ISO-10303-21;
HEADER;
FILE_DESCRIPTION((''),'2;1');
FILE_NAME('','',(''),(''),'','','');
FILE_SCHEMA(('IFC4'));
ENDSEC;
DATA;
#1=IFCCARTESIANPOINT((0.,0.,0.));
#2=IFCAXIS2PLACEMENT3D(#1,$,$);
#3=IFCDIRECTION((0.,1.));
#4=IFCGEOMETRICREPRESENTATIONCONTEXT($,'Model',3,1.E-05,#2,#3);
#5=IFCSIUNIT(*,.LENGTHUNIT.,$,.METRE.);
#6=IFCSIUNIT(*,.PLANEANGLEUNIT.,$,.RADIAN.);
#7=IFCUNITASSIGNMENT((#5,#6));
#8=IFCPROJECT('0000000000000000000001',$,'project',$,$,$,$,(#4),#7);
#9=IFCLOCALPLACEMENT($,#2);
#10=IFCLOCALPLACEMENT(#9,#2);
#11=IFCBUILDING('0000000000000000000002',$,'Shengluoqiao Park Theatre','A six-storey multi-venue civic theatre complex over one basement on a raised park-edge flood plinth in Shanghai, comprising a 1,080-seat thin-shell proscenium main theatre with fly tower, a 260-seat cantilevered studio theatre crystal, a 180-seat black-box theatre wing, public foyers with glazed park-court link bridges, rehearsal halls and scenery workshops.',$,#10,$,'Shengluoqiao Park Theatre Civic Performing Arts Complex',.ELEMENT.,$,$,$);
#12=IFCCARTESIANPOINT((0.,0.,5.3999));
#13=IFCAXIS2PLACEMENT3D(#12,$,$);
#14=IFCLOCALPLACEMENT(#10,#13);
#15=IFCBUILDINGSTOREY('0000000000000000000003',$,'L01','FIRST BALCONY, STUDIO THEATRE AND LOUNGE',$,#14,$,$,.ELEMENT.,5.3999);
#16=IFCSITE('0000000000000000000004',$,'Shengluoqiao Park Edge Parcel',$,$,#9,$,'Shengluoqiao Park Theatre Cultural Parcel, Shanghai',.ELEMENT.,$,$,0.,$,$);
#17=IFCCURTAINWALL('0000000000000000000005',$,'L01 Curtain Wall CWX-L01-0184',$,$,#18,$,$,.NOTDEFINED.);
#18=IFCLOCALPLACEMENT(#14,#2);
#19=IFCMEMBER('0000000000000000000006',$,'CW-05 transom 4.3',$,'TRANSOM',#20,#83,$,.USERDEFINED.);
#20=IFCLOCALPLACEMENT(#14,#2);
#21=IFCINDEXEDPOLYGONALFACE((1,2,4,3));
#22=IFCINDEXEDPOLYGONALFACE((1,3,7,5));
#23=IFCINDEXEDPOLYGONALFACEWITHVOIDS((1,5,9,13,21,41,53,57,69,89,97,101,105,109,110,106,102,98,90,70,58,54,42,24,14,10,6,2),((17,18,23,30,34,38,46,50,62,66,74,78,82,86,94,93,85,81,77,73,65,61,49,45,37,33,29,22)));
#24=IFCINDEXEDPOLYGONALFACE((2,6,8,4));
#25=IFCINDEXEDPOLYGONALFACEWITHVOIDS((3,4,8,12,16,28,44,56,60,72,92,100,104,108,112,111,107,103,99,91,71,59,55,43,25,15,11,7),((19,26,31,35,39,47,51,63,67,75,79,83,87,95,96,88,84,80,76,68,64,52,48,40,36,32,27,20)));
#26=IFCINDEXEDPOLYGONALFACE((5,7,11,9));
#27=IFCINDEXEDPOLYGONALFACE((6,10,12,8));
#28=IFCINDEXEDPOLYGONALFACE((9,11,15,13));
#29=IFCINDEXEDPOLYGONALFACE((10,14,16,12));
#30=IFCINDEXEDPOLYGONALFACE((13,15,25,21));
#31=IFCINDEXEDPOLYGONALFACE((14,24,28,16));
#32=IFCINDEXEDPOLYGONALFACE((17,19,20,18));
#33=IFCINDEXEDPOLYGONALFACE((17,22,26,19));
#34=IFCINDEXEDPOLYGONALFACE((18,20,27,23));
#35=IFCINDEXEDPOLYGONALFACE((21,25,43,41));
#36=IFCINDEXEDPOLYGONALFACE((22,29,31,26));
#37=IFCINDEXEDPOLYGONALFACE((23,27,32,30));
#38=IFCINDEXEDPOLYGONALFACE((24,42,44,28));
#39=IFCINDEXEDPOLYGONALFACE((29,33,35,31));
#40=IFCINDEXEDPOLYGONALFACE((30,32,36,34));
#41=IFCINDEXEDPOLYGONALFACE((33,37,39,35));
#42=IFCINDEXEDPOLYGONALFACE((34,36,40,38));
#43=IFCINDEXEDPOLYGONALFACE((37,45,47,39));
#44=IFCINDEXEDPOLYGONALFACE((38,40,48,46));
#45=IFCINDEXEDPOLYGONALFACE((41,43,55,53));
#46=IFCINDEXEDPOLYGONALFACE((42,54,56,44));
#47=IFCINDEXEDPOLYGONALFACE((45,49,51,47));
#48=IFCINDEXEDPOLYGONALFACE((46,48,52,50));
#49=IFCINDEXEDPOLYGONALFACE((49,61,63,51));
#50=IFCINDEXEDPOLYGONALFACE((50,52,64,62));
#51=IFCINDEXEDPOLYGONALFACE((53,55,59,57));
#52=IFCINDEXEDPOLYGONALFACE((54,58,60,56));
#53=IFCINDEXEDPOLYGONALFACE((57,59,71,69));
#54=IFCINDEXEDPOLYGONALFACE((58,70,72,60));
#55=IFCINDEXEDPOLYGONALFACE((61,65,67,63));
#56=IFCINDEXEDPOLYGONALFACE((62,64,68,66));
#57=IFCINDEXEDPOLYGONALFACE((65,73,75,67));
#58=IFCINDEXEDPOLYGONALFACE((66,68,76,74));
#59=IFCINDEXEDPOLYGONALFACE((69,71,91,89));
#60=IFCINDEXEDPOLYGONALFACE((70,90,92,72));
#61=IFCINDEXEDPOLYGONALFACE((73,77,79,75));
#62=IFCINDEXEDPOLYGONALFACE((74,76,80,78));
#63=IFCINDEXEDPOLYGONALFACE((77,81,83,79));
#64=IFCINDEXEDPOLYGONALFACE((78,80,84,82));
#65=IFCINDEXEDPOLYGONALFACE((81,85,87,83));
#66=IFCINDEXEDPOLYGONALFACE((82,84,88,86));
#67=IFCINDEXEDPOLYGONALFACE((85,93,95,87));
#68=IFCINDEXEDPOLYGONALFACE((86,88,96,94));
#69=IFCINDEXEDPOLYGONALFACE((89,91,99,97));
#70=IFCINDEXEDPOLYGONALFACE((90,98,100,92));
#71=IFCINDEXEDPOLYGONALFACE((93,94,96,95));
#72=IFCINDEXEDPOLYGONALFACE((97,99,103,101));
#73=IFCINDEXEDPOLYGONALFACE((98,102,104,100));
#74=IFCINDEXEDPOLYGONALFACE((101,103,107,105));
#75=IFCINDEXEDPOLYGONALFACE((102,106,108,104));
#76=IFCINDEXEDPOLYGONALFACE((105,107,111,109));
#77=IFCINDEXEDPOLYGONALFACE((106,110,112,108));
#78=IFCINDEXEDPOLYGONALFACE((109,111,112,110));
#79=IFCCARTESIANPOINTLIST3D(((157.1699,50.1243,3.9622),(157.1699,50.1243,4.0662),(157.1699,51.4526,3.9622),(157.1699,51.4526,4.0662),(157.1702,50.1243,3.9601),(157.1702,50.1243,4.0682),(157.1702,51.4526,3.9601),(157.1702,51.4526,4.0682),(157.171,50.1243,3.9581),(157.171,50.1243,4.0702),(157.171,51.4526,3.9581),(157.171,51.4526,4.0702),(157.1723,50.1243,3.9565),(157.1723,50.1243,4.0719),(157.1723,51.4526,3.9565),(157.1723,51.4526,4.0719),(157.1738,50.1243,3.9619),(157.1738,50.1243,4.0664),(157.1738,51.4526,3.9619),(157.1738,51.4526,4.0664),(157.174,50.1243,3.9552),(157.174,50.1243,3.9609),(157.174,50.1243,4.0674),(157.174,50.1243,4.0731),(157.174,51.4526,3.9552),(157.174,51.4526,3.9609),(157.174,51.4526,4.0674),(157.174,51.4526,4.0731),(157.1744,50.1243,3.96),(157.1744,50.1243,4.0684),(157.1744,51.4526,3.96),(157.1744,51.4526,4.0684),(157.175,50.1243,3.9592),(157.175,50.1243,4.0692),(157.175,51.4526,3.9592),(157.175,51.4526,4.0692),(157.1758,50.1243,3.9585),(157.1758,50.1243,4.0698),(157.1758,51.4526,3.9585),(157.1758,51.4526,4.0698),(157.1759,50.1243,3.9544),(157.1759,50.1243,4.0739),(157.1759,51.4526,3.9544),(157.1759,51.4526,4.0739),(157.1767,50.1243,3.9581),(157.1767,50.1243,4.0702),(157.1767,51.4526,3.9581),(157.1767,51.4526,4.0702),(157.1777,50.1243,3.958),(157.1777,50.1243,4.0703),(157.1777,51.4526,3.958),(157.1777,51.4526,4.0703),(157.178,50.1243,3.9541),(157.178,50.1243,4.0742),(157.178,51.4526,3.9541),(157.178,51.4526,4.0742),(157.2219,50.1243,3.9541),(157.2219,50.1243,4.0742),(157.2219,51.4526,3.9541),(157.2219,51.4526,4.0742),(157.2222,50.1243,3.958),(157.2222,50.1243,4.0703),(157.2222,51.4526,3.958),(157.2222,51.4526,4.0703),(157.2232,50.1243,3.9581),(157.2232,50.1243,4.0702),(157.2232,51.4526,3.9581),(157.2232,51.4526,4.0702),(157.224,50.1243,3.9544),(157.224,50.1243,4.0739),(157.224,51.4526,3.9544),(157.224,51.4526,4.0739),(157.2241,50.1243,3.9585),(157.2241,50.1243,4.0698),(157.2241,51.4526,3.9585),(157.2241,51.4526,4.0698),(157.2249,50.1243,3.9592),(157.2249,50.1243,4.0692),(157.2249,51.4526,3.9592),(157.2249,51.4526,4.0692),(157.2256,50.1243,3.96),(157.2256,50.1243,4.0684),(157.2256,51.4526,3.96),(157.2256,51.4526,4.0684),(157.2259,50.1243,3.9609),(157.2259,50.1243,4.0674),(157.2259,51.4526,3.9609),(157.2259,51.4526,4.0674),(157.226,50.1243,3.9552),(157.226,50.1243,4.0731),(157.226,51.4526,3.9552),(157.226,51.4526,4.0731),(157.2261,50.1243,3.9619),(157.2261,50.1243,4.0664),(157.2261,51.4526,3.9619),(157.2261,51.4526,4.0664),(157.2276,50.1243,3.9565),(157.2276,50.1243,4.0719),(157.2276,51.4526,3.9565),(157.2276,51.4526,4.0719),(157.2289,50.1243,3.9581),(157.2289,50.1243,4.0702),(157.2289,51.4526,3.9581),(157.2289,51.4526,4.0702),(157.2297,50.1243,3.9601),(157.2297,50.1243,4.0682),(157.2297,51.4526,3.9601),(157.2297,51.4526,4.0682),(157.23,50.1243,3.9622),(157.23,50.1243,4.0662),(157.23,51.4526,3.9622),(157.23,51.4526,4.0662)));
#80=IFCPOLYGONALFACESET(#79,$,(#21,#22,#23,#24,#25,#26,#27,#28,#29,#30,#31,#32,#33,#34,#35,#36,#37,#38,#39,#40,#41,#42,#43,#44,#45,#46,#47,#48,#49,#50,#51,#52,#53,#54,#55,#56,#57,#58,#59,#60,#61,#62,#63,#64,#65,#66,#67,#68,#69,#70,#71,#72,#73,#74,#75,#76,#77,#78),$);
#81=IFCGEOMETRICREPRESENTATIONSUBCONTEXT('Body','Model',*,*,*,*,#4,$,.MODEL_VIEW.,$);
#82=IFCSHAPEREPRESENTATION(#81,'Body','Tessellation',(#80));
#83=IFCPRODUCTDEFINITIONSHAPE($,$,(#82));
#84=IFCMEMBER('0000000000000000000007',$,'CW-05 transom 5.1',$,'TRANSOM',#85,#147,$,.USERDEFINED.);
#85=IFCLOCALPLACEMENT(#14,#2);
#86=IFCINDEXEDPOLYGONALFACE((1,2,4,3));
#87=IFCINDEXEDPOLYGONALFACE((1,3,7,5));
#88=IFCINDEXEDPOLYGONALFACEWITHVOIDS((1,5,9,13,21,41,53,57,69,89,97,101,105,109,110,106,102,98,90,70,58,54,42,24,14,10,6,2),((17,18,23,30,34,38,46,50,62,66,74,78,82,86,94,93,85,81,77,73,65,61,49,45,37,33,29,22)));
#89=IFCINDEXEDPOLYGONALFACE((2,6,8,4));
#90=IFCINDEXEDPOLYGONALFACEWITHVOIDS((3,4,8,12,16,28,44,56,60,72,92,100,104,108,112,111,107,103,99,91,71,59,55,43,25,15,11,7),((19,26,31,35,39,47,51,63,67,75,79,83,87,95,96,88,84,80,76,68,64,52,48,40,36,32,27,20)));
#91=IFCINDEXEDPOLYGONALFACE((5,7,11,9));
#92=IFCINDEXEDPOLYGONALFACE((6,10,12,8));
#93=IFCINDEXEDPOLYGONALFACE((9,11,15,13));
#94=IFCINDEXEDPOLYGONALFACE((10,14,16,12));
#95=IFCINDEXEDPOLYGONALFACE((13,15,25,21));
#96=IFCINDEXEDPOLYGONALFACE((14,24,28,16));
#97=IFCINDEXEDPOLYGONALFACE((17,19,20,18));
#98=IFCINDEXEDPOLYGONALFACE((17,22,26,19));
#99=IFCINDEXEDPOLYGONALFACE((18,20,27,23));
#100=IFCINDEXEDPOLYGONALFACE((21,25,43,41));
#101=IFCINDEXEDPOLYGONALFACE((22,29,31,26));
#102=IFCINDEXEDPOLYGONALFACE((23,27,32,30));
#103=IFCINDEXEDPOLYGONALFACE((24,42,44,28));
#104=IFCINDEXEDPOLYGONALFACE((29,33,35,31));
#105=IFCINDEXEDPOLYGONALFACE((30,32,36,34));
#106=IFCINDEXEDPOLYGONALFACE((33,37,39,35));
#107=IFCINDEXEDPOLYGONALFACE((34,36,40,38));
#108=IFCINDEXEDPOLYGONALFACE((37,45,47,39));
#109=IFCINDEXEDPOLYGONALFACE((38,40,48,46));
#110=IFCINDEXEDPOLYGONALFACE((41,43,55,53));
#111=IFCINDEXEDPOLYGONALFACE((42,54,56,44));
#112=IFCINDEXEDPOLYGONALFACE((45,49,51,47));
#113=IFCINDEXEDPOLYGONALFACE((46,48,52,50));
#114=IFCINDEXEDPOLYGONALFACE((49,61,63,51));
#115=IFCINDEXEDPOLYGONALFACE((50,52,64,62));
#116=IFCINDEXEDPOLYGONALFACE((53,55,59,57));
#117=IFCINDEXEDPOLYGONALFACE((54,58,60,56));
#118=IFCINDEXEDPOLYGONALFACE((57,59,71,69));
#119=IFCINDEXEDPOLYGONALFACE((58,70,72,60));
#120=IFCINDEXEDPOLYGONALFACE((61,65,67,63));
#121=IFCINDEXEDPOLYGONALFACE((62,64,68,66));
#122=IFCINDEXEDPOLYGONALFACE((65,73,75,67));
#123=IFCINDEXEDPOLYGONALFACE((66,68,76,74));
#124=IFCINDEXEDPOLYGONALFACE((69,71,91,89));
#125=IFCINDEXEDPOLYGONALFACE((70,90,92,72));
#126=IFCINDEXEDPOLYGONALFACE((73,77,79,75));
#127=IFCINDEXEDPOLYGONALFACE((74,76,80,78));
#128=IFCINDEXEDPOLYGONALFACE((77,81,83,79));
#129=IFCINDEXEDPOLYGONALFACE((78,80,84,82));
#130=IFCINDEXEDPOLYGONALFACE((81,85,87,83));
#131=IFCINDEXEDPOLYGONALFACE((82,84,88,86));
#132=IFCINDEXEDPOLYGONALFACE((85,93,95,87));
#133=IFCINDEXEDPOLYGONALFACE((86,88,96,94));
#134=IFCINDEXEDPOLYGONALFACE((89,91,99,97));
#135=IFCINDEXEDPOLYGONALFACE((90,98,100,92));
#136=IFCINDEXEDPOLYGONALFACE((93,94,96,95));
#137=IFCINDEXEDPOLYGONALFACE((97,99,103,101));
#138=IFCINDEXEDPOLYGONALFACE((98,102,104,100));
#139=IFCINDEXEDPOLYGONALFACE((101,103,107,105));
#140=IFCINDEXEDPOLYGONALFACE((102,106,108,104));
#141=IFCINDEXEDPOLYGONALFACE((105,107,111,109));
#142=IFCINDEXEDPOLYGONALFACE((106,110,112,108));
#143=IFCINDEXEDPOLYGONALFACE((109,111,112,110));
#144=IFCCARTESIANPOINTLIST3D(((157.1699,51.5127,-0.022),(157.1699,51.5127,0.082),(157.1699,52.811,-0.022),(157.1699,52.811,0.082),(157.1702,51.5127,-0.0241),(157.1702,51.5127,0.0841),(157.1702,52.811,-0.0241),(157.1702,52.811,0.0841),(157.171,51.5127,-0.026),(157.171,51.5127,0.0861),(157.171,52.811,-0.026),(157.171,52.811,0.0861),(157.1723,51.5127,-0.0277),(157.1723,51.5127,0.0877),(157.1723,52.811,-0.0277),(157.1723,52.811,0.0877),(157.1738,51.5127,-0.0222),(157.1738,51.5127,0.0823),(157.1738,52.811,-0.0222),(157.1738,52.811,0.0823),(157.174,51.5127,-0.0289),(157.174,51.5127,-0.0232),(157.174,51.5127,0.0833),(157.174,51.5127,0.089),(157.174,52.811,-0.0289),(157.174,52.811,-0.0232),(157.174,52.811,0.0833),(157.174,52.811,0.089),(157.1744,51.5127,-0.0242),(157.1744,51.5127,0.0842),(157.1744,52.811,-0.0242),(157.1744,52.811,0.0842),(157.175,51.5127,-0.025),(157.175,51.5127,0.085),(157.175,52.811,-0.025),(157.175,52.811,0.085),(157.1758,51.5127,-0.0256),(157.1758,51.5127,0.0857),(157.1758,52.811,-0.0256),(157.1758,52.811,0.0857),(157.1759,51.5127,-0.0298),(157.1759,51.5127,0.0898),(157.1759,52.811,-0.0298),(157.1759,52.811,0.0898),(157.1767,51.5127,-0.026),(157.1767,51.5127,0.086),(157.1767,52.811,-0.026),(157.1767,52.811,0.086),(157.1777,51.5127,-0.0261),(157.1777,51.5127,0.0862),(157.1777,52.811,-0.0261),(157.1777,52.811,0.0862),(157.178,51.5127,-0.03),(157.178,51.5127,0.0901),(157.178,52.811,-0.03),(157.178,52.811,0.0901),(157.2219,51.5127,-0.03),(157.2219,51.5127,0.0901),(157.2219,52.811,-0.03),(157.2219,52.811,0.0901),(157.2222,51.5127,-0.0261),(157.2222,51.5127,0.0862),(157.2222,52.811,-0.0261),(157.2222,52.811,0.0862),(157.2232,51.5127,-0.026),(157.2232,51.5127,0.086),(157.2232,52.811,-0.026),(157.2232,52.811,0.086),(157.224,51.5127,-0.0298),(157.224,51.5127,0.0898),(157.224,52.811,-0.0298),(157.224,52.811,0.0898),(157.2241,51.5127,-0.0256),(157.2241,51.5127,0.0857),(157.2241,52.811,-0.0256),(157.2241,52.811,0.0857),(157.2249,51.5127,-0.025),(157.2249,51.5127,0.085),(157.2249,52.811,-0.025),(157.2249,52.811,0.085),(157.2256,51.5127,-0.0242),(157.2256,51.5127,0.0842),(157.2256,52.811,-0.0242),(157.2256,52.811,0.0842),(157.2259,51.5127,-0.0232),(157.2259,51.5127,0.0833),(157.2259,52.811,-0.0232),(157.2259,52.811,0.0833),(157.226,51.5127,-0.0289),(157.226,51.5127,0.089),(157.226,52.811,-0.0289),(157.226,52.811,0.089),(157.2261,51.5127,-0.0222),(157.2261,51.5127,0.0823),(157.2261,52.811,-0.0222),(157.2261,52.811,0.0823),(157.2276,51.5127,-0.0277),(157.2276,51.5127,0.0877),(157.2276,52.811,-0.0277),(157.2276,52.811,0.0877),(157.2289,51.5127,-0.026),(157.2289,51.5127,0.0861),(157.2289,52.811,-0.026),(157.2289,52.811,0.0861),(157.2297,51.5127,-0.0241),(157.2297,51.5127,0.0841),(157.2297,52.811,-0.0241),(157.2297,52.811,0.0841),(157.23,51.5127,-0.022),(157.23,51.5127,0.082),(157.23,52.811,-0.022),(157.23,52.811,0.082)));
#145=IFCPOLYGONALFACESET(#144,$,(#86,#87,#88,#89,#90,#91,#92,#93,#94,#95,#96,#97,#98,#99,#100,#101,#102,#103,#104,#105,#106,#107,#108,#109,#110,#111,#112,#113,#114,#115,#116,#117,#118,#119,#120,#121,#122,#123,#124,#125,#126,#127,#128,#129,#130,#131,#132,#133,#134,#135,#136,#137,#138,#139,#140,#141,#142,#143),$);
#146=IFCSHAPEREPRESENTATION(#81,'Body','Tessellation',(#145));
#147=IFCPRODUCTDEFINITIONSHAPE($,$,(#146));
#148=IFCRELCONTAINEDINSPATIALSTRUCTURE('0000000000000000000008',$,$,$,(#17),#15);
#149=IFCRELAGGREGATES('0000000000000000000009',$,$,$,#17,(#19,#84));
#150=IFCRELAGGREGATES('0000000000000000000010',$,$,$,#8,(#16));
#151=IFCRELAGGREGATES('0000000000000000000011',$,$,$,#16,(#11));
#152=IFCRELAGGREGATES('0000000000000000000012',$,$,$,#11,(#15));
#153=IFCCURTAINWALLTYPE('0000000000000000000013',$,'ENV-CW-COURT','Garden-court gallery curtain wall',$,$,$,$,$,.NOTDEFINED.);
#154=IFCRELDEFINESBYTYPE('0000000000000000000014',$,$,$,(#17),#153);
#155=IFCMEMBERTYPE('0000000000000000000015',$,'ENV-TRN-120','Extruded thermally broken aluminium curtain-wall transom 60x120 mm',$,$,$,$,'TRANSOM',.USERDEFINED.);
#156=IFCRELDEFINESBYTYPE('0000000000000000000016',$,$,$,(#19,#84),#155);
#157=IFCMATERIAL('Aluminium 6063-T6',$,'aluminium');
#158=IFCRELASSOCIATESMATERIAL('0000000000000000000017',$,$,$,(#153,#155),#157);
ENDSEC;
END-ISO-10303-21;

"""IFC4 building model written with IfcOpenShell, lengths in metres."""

from ifc_helpers import new_model, si_unit, direction, frame, origin, origin_2d, place, context, subcontext, project, spatial, hollow_rectangle, extrude, material, material_profile, profile_set, type_object, element, aggregate, save


model = new_model("IFC4")

# Units and contexts
model_context = context("Model", 3, precision=1e-05, world=origin(), true_north=direction((0.0, 1.0)))
body_context = subcontext(model_context, "Body", "Model", "MODEL_VIEW")
ifc_project = project(units=[si_unit("LENGTHUNIT", "METRE"), si_unit("PLANEANGLEUNIT", "RADIAN")], contexts=[model_context])

# Site, building, storey
site_placement = place(None, origin())
site = spatial("IfcSite", under=ifc_project, at=site_placement, Name="Shengluoqiao Park Edge Parcel", LongName="Shengluoqiao Park Theatre Cultural Parcel, Shanghai", CompositionType="ELEMENT", RefElevation=0.0)
building_placement = place(site_placement, origin())
building = spatial("IfcBuilding", under=site, at=building_placement, Name="Shengluoqiao Park Theatre", Description="A six-storey multi-venue civic theatre complex over one basement on a raised park-edge flood plinth in Shanghai, comprising a 1,080-seat thin-shell proscenium main theatre with fly tower, a 260-seat cantilevered studio theatre crystal, a 180-seat black-box theatre wing, public foyers with glazed park-court link bridges, rehearsal halls and scenery workshops.", LongName="Shengluoqiao Park Theatre Civic Performing Arts Complex", CompositionType="ELEMENT")
storey_placement = place(building_placement, frame((0.0, 0.0, 5.3999)))
storey = spatial("IfcBuildingStorey", under=building, at=storey_placement, Name="L01", Description="FIRST BALCONY, STUDIO THEATRE AND LOUNGE", CompositionType="ELEMENT", Elevation=5.3999)

# Shared definitions
ifc_material_1 = material(Name="Aluminium 6063-T6", Category="aluminium")

# Curtain wall
curtain_wall_type_1 = type_object("IfcCurtainWallType", Name="ENV-CW-COURT", Description="Garden-court gallery curtain wall", PredefinedType="NOTDEFINED", material=ifc_material_1)
curtain_wall_1_placement = place(storey_placement, origin())
curtain_wall_1 = element("IfcCurtainWall", 1, at=curtain_wall_1_placement, inside=storey, type_object=curtain_wall_type_1, Name="L01 Curtain Wall CWX-L01-0184", PredefinedType="NOTDEFINED")

# Members
ifc_material_profile_1 = material_profile(ifc_material_1, hollow_rectangle(XDim=0.0601, YDim=0.1201, WallThickness=0.0039, InnerFilletRadius=0.0039, OuterFilletRadius=0.0081, at=origin_2d()), Name="ALU TRANSOM 120x60x4")
ifc_profile_set_1 = profile_set([ifc_material_profile_1], Name="Aluminium 6063-T6")
member_type_1 = type_object("IfcMemberType", Name="ENV-TRN-120", Description="Extruded thermally broken aluminium curtain-wall transom 60x120 mm", ElementType="TRANSOM", PredefinedType="USERDEFINED", material=ifc_profile_set_1)
member_1_placement = place(storey_placement, frame((157.2, 50.1243, 4.0142), z_axis=(0.0, 1.0, 0.0), x_axis=(-1.0, 0.0, 0.0)))
member_1 = element("IfcMember", 2, at=member_1_placement, type_object=member_type_1, Name="CW-05 transom 4.3", ObjectType="TRANSOM", PredefinedType="USERDEFINED", context=body_context, shape_type="SweptSolid", body=[
    extrude(hollow_rectangle(XDim=0.0601, YDim=0.1201, WallThickness=0.0039, InnerFilletRadius=0.0039, OuterFilletRadius=0.0081, at=origin_2d()), origin(), (0.0, 0.0, 1.0), 1.3284),
])
member_2_placement = place(storey_placement, frame((157.2, 51.5127, 0.03), z_axis=(0.0, 1.0, 0.0), x_axis=(-1.0, 0.0, 0.0)))
member_2 = element("IfcMember", 3, at=member_2_placement, type_object=member_type_1, Name="CW-05 transom 5.1", ObjectType="TRANSOM", PredefinedType="USERDEFINED", context=body_context, shape_type="SweptSolid", body=[
    extrude(hollow_rectangle(XDim=0.0601, YDim=0.1201, WallThickness=0.0039, InnerFilletRadius=0.0039, OuterFilletRadius=0.0081, at=origin_2d()), origin(), (0.0, 0.0, 1.0), 1.2983),
])

aggregate(curtain_wall_1, [member_1, member_2])

save(model, "model.ifc")
